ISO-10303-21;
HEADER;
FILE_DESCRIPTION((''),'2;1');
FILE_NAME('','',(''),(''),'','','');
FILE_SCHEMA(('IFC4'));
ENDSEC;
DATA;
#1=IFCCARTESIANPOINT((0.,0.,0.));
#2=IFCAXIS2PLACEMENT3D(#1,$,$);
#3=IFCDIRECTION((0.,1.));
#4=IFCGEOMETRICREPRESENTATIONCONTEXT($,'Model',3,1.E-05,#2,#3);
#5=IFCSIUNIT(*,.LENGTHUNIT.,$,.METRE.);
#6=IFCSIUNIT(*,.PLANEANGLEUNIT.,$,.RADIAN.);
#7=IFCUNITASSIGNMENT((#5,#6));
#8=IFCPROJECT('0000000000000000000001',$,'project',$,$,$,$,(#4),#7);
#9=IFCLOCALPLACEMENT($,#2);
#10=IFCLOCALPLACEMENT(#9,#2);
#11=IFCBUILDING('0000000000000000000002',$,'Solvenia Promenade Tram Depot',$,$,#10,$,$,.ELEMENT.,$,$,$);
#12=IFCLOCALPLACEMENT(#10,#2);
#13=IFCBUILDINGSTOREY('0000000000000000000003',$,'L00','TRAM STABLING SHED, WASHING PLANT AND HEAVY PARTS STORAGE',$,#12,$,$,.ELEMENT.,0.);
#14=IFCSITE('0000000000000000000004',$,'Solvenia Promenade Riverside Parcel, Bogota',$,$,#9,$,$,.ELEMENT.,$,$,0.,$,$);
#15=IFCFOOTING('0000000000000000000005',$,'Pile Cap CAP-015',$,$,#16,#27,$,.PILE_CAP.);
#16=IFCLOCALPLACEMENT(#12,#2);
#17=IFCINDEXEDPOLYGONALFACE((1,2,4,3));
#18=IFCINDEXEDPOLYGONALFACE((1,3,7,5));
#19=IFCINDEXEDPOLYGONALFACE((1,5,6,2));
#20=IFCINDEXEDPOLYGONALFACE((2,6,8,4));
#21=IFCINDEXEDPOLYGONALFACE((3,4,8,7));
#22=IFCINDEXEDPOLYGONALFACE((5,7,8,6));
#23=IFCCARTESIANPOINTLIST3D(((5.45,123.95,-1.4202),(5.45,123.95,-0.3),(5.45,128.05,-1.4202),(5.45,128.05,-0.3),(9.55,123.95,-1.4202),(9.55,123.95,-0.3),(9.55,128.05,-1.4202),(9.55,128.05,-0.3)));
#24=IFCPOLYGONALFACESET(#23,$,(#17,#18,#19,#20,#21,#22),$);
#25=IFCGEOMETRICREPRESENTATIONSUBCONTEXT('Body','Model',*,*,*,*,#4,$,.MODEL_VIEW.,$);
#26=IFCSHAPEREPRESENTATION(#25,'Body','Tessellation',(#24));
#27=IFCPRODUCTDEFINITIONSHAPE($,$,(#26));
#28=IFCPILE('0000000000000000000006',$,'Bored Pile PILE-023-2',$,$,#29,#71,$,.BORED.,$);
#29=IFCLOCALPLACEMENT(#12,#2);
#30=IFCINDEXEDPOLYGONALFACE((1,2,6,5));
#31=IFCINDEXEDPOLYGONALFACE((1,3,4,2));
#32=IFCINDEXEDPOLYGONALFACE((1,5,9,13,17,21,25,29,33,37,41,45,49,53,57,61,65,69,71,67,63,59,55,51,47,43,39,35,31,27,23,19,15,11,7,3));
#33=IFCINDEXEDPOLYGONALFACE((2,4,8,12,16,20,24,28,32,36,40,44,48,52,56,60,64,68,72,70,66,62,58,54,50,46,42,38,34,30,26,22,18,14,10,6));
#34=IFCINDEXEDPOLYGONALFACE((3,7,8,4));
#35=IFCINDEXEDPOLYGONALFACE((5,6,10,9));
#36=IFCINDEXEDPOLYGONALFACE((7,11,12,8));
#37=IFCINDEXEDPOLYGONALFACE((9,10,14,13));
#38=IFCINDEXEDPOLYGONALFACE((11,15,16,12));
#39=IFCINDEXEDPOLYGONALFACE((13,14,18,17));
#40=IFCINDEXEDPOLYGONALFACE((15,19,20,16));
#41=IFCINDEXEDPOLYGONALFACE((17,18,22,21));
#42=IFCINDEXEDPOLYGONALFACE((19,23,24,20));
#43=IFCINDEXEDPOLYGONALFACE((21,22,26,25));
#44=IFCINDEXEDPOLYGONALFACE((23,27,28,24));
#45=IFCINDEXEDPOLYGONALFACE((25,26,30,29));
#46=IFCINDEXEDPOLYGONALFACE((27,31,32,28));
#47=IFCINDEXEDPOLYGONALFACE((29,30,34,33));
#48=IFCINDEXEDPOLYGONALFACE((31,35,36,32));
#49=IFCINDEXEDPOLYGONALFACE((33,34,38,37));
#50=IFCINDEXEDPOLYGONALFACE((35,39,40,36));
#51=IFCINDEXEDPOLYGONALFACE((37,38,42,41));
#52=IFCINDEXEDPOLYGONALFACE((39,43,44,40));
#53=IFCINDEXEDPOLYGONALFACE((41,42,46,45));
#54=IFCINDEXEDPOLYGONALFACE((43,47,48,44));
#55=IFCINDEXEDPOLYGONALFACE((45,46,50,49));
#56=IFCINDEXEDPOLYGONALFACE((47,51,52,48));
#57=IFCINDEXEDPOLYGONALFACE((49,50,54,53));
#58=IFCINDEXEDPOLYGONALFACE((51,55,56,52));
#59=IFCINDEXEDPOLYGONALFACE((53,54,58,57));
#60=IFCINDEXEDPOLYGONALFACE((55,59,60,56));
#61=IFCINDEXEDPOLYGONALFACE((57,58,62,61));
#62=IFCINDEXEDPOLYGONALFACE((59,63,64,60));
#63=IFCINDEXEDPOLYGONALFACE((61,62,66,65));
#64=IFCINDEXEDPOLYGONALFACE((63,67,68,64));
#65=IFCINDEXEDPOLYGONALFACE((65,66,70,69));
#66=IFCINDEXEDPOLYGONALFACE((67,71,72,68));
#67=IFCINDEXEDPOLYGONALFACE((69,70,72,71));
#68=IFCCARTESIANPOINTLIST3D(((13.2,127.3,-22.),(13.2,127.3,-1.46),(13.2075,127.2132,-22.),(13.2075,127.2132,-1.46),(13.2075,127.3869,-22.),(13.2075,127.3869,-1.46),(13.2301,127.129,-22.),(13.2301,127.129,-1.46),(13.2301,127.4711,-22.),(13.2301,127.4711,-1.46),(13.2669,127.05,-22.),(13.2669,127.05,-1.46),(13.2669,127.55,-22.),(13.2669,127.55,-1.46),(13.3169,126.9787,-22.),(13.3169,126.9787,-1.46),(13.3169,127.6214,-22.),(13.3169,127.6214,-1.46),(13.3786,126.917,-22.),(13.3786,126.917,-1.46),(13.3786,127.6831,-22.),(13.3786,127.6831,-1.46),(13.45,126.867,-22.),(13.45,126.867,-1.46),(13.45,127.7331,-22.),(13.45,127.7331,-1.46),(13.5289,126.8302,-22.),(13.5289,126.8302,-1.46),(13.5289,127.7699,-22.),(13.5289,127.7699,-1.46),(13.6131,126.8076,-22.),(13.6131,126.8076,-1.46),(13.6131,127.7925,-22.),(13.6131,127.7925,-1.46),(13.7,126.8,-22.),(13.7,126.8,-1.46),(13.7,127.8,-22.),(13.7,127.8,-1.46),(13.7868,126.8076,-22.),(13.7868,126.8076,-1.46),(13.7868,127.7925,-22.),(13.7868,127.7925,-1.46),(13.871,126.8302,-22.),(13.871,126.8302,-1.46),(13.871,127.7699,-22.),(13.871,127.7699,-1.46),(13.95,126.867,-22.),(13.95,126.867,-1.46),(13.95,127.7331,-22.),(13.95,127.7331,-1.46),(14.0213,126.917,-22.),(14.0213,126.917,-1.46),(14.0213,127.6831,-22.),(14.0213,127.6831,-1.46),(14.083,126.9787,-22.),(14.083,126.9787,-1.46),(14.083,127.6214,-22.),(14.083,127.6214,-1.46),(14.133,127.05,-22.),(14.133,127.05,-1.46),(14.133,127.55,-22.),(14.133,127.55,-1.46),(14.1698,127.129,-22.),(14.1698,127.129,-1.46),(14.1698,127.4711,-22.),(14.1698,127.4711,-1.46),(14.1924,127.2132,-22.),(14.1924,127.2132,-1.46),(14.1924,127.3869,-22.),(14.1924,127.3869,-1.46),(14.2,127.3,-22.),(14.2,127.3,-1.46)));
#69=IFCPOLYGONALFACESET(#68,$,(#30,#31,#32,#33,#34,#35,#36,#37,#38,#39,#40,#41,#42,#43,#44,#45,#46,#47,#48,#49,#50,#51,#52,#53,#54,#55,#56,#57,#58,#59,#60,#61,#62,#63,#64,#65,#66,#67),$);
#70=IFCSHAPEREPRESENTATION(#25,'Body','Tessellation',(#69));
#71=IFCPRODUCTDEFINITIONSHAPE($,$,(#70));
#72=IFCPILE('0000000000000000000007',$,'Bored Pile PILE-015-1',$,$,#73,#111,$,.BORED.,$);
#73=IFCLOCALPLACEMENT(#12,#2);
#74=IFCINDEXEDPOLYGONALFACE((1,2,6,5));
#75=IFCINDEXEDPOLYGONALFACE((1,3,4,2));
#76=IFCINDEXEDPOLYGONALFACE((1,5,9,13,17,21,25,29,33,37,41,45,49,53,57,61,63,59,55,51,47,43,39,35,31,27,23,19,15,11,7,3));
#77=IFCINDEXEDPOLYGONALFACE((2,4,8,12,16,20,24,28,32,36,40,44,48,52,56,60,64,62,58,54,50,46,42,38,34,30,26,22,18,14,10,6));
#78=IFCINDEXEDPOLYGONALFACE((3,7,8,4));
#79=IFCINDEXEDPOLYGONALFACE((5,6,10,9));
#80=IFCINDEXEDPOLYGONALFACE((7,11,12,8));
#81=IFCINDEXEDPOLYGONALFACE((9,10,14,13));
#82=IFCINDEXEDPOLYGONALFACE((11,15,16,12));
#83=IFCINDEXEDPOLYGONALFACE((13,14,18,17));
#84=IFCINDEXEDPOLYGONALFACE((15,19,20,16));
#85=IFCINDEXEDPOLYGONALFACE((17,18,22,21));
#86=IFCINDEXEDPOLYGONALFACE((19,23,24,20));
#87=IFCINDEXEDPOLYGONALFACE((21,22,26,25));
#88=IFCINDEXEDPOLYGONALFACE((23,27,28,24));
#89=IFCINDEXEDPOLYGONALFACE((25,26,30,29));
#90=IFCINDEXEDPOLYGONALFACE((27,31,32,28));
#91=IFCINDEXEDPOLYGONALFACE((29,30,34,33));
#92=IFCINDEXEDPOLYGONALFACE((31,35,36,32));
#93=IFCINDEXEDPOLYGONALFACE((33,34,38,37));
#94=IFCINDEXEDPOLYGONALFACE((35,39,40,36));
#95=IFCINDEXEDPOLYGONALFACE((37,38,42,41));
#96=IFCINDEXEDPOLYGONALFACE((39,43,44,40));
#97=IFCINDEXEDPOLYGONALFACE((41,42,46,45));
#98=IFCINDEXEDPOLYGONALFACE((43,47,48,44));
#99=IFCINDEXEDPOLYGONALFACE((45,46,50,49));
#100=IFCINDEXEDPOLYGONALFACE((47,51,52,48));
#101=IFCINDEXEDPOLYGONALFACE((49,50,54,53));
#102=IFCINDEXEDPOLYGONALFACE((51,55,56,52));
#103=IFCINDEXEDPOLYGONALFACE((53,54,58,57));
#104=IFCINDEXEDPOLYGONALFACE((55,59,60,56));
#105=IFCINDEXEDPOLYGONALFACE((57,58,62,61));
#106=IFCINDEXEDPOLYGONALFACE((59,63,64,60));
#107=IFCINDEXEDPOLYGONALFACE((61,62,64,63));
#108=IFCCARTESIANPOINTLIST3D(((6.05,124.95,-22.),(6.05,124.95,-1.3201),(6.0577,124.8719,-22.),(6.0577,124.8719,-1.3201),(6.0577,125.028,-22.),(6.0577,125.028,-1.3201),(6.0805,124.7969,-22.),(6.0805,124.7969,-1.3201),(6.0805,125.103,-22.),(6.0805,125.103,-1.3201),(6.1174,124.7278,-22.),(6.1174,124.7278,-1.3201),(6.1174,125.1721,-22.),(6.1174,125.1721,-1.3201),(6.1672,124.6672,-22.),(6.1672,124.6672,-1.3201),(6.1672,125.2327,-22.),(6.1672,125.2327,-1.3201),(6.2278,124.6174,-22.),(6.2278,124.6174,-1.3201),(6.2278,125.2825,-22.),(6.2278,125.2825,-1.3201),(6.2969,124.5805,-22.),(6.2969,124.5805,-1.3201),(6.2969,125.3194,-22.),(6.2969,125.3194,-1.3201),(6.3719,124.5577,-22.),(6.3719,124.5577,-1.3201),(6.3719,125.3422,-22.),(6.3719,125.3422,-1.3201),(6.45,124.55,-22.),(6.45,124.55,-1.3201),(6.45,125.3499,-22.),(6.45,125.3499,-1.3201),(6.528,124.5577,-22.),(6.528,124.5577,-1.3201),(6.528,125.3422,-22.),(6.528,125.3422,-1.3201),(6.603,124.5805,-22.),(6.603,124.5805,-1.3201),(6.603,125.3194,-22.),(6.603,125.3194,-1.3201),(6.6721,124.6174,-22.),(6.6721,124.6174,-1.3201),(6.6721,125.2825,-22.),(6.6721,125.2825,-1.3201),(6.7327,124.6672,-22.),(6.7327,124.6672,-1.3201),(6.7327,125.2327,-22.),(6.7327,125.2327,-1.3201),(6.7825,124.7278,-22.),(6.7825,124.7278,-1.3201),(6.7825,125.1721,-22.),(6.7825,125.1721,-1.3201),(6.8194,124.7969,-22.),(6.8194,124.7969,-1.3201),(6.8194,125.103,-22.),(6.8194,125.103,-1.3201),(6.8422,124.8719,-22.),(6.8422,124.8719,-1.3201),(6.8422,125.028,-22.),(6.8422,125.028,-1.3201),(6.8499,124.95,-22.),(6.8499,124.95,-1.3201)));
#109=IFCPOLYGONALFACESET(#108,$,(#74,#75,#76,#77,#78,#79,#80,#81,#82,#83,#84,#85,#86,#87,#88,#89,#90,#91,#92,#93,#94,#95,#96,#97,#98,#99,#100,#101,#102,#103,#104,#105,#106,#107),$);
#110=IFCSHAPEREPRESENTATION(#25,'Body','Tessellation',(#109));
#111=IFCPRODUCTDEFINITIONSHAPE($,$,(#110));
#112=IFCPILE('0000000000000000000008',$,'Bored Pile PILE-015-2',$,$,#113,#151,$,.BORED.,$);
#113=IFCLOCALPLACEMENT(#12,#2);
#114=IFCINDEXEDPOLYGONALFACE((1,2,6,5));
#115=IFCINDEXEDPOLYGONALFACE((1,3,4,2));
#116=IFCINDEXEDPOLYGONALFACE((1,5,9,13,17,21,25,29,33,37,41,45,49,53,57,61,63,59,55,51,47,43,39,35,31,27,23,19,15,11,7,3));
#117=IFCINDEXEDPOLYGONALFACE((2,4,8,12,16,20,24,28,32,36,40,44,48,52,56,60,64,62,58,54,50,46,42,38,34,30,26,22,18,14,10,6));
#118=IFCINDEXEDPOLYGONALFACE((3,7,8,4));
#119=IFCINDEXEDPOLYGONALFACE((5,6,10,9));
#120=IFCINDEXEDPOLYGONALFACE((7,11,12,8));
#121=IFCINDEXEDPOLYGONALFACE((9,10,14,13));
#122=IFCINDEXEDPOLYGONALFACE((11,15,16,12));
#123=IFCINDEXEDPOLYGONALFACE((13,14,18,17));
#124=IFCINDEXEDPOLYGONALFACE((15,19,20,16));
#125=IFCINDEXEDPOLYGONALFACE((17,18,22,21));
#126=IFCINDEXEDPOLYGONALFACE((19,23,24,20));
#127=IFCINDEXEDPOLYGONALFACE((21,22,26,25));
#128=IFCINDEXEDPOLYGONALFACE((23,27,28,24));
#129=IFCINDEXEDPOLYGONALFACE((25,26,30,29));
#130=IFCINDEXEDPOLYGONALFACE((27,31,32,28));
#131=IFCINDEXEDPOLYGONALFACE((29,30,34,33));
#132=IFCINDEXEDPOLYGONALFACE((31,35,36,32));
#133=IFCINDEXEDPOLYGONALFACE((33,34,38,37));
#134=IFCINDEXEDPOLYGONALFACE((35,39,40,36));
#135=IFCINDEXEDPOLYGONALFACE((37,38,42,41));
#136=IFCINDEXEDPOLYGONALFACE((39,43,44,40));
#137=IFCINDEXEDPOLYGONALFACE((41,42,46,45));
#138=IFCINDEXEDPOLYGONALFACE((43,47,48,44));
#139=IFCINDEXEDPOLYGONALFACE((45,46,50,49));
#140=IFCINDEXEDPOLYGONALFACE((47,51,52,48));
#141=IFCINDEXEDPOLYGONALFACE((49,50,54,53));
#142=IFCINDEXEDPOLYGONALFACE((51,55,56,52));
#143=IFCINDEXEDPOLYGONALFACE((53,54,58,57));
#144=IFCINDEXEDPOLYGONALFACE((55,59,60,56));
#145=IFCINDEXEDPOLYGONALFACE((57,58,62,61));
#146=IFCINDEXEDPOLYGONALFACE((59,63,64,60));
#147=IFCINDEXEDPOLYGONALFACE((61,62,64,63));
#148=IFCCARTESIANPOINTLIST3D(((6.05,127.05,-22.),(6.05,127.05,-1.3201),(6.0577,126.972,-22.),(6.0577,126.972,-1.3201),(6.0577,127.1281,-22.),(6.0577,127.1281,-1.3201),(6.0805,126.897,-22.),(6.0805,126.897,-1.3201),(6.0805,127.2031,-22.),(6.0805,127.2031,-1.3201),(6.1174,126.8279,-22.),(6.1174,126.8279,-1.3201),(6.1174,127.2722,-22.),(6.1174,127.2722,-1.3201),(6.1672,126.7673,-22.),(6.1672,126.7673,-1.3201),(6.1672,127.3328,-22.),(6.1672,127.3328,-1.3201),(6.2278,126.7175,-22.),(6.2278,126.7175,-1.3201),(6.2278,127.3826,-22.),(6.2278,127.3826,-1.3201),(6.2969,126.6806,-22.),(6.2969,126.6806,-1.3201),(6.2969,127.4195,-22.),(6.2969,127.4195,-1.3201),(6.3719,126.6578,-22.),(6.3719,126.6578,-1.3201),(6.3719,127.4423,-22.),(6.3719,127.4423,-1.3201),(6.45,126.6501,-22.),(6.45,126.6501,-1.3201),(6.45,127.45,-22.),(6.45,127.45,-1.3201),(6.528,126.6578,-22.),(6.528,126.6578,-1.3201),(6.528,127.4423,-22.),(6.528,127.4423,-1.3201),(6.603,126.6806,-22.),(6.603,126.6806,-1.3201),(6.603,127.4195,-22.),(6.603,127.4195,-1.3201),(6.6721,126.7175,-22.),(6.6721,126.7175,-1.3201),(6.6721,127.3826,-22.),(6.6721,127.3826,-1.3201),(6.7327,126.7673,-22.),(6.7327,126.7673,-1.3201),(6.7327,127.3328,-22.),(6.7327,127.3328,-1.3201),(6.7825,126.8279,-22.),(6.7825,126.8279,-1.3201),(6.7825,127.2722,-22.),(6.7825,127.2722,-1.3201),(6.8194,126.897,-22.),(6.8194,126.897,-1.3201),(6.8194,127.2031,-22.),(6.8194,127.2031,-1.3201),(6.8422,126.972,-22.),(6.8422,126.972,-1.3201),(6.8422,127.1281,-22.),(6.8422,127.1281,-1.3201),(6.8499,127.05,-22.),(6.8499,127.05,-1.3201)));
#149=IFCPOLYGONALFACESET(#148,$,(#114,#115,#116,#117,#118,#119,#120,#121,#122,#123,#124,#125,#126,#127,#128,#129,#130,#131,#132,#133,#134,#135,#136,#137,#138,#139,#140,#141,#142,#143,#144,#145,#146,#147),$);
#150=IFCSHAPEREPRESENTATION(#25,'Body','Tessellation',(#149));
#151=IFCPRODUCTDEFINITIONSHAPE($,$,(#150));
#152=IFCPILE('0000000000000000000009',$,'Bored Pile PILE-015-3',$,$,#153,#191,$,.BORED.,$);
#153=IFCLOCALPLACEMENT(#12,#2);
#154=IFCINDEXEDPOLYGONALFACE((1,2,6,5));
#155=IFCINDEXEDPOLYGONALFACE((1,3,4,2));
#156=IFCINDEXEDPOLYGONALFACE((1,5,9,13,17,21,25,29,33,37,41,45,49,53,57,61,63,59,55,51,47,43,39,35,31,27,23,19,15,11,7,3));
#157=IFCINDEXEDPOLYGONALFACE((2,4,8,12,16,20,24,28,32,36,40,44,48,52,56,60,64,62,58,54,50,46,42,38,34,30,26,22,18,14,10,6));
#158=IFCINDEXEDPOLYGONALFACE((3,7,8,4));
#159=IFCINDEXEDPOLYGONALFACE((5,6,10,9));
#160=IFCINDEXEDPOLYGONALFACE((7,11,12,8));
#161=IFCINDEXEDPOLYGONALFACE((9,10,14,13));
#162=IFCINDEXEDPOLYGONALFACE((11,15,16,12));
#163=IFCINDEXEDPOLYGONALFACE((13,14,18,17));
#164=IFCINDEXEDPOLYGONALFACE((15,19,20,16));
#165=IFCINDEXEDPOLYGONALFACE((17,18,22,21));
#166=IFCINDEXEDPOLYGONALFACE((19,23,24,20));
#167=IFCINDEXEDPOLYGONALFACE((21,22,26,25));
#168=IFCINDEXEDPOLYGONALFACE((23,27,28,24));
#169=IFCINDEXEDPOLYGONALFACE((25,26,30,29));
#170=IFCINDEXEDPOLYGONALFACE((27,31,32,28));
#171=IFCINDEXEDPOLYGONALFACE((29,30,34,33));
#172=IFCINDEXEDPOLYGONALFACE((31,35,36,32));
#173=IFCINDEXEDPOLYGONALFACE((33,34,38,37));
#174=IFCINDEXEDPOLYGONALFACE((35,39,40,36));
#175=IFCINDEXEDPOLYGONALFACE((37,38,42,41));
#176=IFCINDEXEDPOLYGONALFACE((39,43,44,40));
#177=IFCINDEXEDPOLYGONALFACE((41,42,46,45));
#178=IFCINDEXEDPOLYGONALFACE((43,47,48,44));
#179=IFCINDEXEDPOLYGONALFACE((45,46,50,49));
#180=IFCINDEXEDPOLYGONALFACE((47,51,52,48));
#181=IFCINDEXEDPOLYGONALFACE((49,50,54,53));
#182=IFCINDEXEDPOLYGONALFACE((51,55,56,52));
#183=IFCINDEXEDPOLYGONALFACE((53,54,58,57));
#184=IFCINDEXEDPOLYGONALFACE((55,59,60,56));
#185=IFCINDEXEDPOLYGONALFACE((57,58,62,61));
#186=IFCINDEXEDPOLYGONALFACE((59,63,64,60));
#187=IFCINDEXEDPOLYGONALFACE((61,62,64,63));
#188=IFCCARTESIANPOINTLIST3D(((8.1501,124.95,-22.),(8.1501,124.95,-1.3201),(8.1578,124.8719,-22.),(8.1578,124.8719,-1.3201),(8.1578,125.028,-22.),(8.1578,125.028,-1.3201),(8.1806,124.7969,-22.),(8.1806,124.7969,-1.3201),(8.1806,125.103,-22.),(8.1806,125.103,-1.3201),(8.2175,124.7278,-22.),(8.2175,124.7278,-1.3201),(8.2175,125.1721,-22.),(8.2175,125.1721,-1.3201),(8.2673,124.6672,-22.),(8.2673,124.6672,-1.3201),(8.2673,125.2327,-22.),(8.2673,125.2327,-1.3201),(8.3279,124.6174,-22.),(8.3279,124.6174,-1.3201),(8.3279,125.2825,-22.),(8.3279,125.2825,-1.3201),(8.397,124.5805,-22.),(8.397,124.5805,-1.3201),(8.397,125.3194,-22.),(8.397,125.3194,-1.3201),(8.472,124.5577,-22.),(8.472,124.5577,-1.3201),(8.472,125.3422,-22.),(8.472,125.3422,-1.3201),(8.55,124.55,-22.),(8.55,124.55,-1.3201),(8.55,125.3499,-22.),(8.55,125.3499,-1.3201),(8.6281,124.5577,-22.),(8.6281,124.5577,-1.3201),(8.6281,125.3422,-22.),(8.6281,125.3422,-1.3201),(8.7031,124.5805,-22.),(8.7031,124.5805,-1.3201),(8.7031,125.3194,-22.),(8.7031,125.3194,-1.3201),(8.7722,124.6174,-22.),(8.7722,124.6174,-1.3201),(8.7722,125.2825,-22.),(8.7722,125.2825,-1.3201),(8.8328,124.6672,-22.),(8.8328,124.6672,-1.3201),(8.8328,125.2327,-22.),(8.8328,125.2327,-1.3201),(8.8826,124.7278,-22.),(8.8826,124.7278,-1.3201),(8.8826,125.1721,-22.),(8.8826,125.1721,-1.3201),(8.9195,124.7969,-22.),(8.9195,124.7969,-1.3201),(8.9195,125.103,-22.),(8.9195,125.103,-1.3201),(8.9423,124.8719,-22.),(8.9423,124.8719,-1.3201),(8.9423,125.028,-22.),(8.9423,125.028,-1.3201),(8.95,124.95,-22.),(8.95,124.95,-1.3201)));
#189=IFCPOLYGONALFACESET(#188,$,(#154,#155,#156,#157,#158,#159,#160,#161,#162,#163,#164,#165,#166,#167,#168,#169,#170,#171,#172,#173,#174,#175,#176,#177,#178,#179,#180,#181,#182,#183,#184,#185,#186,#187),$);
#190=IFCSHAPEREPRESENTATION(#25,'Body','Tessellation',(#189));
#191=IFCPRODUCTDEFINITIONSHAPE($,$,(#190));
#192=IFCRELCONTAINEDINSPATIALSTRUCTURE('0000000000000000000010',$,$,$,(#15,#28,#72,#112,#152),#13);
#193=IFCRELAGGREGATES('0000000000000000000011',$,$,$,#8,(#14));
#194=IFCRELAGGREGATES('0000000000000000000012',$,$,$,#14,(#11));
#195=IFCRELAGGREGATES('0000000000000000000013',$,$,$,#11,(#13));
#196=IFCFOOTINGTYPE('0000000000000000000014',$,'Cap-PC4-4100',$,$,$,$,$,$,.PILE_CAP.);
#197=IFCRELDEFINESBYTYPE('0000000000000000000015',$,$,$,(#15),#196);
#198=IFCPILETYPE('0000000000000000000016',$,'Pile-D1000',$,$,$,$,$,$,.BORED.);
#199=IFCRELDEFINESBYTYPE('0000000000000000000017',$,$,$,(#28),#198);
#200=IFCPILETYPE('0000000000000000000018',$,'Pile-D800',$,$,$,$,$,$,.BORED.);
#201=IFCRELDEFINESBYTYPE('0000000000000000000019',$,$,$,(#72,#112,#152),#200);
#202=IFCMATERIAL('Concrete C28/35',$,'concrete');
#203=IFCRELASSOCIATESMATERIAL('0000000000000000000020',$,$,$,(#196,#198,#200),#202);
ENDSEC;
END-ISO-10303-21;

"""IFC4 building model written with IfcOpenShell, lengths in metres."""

from ifc_helpers import new_model, si_unit, direction, frame, origin, origin_2d, place, context, subcontext, project, spatial, rectangle, circle, extrude, material, material_profile, profile_set, type_object, element, save


model = new_model("IFC4")

# Units and contexts
model_context = context("Model", 3, precision=1e-05, world=origin(), true_north=direction((0.0, 1.0)))
body_context = subcontext(model_context, "Body", "Model", "MODEL_VIEW")
ifc_project = project(units=[si_unit("LENGTHUNIT", "METRE"), si_unit("PLANEANGLEUNIT", "RADIAN")], contexts=[model_context])

# Site, building, storey
site_placement = place(None, origin())
site = spatial("IfcSite", under=ifc_project, at=site_placement, Name="Solvenia Promenade Riverside Parcel, Bogota", CompositionType="ELEMENT", RefElevation=0.0)
building_placement = place(site_placement, origin())
building = spatial("IfcBuilding", under=site, at=building_placement, Name="Solvenia Promenade Tram Depot", CompositionType="ELEMENT")
storey_placement = place(building_placement, origin())
storey = spatial("IfcBuildingStorey", under=building, at=storey_placement, Name="L00", Description="TRAM STABLING SHED, WASHING PLANT AND HEAVY PARTS STORAGE", CompositionType="ELEMENT", Elevation=0.0)

# Footing
ifc_material_1 = material(Name="Concrete C28/35", Category="concrete")
footing_type_1 = type_object("IfcFootingType", Name="Cap-PC4-4100", PredefinedType="PILE_CAP", material=ifc_material_1)
footing_1_placement = place(storey_placement, frame((7.5, 126.0, -1.4202), z_axis=(0.0, 0.0, 1.0), x_axis=(1.0, 0.0, 0.0)))
element("IfcFooting", 1, at=footing_1_placement, inside=storey, type_object=footing_type_1, Name="Pile Cap CAP-015", PredefinedType="PILE_CAP", context=body_context, shape_type="SweptSolid", body=[
    extrude(rectangle(XDim=4.1001, YDim=4.1001, at=origin_2d()), origin(), (0.0, 0.0, 1.0), 1.1201),
])

# Piles
ifc_material_profile_1 = material_profile(ifc_material_1, circle(Radius=0.5, at=origin_2d()), Name="D1000", Category="concrete")
ifc_profile_set_1 = profile_set([ifc_material_profile_1], Name="Concrete C28/35")
pile_type_1 = type_object("IfcPileType", Name="Pile-D1000", PredefinedType="BORED", material=ifc_profile_set_1)
pile_placement = place(storey_placement, frame((13.7, 127.3, -1.46), z_axis=(0.0, 0.0, -1.0), x_axis=(1.0, 0.0, 0.0)))
element("IfcPile", 2, at=pile_placement, inside=storey, type_object=pile_type_1, Name="Bored Pile PILE-023-2", PredefinedType="BORED", context=body_context, shape_type="SweptSolid", body=[
    extrude(circle(Radius=0.5, at=origin_2d()), origin(), (0.0, 0.0, 1.0), 20.54),
])
ifc_material_profile_2 = material_profile(ifc_material_1, circle(Radius=0.3999, at=origin_2d()), Name="D800", Category="concrete")
ifc_profile_set_2 = profile_set([ifc_material_profile_2], Name="Concrete C28/35")
pile_type_2 = type_object("IfcPileType", Name="Pile-D800", PredefinedType="BORED", material=ifc_profile_set_2)
for number, where, z_axis, x_axis, name in (
    (3, (6.45, 124.95, -1.3201), (0.0, 0.0, -1.0), (1.0, 0.0, 0.0), "Bored Pile PILE-015-1"),
    (4, (6.45, 127.05, -1.3201), (0.0, 0.0, -1.0), (1.0, 0.0, 0.0), "Bored Pile PILE-015-2"),
    (5, (8.55, 124.95, -1.3201), (0.0, 0.0, -1.0), (1.0, 0.0, 0.0), "Bored Pile PILE-015-3"),
):
    element("IfcPile", number, at=place(storey_placement, frame(where, z_axis=z_axis, x_axis=x_axis)), inside=storey, type_object=pile_type_2, Name=name, PredefinedType="BORED", context=body_context, shape_type="SweptSolid", body=[
        extrude(circle(Radius=0.3999, at=origin_2d()), origin(), (0.0, 0.0, 1.0), 20.6799),
    ])

save(model, "model.ifc")
